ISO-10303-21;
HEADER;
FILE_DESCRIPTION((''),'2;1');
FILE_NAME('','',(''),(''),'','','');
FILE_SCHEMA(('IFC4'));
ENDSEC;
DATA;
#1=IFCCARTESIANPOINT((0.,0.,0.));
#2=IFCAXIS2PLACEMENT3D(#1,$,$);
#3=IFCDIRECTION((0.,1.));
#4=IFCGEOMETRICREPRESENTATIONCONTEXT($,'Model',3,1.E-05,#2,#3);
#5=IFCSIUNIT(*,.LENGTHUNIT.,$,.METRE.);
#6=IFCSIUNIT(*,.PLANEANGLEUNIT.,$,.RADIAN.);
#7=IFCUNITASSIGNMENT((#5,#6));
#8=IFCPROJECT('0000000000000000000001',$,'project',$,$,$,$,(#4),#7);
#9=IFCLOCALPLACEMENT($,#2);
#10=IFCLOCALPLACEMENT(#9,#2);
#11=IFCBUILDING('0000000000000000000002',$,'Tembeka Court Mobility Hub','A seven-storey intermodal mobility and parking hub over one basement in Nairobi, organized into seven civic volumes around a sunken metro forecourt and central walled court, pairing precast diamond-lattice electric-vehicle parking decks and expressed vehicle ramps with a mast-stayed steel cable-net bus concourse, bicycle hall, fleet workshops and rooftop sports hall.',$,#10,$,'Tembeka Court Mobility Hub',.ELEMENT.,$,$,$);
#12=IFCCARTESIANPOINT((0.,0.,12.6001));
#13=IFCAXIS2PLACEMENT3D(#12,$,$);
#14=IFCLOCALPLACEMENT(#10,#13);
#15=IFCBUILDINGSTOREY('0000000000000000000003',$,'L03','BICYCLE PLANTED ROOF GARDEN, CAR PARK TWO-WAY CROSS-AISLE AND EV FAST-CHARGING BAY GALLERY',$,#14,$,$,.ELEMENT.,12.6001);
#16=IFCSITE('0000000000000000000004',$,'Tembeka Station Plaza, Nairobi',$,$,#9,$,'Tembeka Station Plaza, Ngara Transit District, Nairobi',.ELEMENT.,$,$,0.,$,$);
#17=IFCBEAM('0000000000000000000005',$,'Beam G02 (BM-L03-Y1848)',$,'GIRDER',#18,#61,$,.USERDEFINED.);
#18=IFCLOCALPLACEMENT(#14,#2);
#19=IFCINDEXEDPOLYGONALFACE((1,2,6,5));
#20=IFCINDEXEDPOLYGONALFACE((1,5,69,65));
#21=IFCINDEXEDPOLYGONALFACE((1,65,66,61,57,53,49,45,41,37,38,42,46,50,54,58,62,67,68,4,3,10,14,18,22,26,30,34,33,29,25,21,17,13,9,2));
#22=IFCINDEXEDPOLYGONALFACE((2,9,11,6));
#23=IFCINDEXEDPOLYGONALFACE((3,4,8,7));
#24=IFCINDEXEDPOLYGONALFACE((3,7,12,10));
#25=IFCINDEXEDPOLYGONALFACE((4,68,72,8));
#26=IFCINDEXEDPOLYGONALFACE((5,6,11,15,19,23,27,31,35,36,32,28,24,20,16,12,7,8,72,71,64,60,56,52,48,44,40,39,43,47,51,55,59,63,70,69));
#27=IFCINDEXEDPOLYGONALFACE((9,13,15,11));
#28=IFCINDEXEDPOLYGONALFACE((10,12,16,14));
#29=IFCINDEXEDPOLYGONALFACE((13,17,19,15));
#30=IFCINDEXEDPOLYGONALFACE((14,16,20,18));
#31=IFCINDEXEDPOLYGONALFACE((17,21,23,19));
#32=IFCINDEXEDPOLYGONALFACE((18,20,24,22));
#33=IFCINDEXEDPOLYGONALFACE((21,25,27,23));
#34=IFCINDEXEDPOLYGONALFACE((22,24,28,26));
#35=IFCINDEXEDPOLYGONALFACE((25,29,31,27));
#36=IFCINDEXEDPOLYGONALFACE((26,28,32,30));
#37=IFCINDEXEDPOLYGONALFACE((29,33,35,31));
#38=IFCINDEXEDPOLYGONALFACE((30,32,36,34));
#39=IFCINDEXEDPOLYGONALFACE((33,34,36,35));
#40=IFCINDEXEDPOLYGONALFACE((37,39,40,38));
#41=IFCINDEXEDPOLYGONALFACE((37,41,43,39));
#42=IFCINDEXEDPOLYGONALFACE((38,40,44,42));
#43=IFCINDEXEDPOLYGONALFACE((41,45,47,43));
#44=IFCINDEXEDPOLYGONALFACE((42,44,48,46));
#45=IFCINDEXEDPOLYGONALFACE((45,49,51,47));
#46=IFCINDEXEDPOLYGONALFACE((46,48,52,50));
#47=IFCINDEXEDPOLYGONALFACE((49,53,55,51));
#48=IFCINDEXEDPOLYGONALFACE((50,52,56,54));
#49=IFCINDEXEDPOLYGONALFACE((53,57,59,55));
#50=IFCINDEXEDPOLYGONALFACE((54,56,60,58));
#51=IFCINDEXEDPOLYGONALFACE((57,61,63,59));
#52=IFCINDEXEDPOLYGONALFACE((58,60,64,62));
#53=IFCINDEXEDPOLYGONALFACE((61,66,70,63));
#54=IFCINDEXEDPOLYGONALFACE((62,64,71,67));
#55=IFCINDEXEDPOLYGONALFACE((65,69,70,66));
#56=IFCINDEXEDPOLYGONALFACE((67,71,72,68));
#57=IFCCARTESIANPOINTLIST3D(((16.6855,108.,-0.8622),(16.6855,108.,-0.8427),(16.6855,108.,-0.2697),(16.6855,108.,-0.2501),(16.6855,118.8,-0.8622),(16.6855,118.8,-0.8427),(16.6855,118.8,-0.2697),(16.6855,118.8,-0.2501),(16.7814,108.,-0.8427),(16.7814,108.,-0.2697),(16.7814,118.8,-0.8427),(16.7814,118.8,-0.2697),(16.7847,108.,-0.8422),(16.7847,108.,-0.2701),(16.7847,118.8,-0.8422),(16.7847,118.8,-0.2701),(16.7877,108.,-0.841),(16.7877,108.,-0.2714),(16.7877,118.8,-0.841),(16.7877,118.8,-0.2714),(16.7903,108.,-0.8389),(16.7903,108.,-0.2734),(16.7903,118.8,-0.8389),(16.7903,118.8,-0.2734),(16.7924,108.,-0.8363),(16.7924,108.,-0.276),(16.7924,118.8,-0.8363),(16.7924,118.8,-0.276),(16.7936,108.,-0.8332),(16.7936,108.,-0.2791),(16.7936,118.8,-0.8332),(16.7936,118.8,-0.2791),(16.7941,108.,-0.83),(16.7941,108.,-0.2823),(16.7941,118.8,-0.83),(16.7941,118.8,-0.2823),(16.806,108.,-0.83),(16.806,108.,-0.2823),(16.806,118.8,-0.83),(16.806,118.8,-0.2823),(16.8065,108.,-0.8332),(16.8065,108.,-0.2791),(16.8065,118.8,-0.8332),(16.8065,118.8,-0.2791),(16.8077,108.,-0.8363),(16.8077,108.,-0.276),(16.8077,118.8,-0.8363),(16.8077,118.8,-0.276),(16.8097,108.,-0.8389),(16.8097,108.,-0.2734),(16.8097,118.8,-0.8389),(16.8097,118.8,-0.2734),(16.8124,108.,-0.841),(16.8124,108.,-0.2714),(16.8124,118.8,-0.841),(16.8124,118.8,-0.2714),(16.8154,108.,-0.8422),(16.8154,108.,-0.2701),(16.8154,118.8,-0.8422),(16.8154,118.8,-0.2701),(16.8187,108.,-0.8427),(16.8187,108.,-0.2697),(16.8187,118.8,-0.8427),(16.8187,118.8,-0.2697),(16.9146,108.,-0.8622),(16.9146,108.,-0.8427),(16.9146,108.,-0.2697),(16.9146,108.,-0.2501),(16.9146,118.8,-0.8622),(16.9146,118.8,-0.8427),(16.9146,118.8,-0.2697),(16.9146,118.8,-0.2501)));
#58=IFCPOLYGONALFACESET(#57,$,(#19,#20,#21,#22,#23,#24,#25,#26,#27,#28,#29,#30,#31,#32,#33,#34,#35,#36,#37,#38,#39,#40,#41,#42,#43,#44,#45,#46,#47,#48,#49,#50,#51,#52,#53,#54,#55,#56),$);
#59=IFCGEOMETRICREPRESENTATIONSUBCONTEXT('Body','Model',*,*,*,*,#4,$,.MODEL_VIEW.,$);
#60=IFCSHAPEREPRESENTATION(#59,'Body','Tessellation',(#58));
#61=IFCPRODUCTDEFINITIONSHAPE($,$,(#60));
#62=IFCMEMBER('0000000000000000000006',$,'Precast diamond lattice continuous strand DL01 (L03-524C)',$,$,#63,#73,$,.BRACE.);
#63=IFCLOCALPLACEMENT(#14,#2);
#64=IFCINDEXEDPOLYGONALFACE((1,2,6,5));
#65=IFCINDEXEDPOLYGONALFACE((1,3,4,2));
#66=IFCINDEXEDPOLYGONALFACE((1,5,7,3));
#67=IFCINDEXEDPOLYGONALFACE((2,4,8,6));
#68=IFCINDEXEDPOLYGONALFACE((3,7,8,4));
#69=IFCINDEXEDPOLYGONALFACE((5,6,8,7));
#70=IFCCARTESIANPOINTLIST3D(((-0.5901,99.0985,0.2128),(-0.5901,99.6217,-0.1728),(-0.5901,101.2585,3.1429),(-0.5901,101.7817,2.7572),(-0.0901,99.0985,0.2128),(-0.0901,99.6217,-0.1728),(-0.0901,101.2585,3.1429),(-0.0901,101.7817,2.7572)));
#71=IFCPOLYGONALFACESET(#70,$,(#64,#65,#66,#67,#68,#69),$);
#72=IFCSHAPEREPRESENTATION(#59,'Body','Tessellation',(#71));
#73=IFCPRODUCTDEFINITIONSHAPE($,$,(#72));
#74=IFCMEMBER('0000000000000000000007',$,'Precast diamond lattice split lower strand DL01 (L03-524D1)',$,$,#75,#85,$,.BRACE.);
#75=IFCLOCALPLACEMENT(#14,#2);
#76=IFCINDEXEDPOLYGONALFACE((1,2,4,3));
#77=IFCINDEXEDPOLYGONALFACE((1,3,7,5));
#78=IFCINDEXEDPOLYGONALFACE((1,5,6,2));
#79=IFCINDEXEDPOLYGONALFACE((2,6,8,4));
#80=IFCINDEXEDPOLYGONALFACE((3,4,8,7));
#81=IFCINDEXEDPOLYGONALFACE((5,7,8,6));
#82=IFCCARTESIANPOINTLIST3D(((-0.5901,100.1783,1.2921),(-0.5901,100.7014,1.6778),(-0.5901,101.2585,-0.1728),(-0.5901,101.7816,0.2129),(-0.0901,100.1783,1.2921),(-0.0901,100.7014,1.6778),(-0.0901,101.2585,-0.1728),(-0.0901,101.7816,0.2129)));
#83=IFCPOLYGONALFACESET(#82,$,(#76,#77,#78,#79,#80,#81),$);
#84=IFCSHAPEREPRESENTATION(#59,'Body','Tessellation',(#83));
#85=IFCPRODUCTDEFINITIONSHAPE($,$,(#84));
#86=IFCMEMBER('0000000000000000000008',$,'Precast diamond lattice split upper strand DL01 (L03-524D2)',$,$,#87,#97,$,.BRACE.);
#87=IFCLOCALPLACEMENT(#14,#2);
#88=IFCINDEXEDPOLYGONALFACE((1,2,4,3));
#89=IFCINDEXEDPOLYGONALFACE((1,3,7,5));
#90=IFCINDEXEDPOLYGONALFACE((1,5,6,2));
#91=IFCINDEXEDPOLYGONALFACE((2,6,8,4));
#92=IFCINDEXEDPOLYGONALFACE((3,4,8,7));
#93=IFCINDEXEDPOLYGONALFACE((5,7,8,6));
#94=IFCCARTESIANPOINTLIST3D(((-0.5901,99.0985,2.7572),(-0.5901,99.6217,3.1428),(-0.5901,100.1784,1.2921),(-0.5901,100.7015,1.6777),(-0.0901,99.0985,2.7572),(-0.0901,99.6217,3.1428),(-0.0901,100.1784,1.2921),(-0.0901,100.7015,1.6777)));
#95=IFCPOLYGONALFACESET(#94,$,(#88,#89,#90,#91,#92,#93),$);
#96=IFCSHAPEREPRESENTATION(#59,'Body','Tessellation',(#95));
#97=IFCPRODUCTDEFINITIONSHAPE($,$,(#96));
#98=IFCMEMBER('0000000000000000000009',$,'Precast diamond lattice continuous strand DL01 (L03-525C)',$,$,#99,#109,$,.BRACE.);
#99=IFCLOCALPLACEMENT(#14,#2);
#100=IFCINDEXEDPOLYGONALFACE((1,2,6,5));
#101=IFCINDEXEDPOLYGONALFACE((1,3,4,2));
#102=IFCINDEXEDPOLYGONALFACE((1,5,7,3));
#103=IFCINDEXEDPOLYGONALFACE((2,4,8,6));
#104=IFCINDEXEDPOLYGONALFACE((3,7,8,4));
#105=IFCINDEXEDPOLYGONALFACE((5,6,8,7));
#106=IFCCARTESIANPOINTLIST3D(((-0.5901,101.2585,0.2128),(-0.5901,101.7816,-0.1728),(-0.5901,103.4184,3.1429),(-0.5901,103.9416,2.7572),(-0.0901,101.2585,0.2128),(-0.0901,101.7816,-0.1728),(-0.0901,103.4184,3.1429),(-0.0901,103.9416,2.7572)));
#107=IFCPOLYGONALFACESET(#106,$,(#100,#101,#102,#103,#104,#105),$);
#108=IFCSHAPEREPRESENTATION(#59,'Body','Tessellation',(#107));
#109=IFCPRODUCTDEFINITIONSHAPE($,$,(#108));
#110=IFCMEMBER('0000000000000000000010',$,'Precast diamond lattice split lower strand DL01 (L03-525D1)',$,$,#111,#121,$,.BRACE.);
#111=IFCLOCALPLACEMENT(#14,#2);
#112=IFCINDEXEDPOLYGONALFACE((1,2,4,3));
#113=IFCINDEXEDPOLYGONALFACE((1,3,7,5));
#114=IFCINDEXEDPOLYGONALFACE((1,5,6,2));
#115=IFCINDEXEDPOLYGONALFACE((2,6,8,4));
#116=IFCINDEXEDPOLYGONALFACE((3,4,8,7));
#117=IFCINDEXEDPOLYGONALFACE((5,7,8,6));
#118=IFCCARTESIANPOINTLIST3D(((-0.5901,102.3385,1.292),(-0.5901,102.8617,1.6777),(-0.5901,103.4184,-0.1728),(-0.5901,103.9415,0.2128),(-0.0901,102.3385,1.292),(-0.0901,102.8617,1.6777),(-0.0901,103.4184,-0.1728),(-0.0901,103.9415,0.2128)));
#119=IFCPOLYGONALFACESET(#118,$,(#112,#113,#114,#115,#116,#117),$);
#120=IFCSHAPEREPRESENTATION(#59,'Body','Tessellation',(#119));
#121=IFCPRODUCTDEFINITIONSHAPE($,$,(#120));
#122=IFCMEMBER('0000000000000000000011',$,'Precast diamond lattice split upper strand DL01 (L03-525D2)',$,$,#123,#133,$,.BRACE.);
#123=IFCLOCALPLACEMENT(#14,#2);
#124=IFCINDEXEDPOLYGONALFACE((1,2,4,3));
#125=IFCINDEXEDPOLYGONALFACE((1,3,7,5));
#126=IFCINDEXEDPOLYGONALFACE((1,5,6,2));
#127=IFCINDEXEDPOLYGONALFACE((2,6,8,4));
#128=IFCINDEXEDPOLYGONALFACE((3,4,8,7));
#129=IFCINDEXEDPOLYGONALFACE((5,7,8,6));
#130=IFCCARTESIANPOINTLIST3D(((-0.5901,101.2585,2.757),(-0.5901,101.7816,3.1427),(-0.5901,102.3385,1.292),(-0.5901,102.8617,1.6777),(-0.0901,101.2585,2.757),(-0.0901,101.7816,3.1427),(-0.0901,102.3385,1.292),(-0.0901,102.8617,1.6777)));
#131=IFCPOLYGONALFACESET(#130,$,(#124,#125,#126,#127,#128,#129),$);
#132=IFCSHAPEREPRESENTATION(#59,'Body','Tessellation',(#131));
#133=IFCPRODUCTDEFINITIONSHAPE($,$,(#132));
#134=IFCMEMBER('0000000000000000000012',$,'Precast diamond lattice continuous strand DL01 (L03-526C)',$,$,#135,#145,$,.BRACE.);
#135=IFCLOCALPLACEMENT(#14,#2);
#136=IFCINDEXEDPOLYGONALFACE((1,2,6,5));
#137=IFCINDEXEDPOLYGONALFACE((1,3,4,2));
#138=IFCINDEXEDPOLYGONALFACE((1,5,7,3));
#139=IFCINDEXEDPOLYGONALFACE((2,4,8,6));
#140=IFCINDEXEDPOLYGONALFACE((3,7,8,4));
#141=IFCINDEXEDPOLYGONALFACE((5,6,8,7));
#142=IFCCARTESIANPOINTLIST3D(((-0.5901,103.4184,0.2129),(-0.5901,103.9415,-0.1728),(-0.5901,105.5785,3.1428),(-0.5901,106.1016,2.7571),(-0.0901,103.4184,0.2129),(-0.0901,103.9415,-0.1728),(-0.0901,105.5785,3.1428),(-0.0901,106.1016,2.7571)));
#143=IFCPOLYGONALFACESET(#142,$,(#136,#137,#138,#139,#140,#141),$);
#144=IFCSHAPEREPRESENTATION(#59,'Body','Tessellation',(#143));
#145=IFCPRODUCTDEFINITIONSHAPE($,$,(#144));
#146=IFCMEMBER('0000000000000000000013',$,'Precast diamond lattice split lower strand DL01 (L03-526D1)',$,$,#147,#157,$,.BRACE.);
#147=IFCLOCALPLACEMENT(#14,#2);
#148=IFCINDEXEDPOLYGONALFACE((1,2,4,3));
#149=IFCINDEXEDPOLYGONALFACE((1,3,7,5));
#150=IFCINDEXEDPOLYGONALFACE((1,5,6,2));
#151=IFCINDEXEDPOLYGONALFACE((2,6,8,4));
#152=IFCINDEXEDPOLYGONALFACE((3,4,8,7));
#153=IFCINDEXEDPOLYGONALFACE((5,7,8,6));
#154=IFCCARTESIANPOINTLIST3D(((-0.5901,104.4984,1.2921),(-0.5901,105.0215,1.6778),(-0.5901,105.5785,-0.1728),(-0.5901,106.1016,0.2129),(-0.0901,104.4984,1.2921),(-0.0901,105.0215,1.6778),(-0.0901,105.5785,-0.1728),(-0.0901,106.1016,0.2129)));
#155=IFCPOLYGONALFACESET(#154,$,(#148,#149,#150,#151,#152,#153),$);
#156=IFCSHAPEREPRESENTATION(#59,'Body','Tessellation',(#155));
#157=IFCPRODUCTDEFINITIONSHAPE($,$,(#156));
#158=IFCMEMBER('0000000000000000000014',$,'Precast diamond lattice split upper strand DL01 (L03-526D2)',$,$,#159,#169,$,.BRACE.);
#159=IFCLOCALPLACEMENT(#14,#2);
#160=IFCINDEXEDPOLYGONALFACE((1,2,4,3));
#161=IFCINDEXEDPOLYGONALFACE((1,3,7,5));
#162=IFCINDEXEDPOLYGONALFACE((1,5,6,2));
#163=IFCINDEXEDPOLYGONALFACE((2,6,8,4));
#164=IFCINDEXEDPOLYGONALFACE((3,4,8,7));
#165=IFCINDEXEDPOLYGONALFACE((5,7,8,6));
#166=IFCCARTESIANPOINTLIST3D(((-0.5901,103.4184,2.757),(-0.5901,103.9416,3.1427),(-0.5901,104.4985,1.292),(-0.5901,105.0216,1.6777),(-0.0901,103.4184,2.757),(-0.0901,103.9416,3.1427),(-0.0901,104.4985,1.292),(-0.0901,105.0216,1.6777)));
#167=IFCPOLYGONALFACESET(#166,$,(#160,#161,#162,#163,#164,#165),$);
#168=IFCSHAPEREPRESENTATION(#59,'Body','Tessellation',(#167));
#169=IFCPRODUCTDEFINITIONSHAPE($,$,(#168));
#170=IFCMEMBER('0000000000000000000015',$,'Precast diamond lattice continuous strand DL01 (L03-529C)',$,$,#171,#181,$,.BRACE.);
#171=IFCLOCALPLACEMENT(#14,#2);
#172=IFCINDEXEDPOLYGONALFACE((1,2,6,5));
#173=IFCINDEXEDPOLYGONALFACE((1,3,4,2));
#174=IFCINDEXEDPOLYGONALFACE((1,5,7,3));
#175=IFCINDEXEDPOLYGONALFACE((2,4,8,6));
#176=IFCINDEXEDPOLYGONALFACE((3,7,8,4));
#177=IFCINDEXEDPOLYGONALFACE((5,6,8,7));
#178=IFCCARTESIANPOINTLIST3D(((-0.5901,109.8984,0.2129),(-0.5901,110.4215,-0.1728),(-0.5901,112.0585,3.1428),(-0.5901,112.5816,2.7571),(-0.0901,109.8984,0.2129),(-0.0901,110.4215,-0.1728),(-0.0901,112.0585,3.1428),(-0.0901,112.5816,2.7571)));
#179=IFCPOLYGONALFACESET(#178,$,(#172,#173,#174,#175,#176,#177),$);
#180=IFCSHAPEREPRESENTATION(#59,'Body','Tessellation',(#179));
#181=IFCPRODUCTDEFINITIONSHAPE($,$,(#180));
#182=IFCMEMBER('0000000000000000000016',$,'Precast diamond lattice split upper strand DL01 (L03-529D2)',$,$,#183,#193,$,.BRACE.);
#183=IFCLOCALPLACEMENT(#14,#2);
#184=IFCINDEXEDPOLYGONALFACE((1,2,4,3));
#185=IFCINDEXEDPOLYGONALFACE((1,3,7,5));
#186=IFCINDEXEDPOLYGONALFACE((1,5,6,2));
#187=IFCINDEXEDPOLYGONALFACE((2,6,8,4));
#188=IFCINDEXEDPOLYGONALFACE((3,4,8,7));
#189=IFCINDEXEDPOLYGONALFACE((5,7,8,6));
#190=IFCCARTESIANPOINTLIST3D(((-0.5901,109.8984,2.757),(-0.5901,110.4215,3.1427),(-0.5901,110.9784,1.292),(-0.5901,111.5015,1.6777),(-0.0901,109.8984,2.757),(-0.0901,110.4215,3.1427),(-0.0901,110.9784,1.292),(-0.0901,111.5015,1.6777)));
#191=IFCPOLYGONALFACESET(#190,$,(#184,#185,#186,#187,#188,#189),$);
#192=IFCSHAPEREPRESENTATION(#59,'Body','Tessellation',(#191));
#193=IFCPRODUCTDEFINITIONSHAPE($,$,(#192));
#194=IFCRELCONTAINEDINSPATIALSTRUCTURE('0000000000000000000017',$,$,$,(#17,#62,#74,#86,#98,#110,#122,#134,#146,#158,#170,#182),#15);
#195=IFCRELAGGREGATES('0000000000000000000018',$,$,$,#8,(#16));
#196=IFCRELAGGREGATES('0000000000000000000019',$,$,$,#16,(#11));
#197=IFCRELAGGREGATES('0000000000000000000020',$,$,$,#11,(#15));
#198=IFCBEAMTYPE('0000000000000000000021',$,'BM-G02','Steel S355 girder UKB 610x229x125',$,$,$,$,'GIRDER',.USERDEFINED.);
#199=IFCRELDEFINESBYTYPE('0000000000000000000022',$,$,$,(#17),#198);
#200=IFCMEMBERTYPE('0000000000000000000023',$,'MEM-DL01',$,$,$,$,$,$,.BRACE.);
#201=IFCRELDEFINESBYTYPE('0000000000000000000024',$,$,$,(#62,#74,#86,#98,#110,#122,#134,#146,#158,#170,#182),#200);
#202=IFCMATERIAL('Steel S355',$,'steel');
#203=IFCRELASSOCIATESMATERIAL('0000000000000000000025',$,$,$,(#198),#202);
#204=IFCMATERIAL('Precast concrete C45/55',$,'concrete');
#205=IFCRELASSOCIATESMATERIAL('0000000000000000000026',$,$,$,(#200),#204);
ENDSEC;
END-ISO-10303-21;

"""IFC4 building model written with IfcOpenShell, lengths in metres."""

from ifc_helpers import new_model, si_unit, direction, frame, origin, origin_2d, place, context, subcontext, project, spatial, rectangle, i_section, extrude, material, material_profile, profile_set, type_object, element, save


model = new_model("IFC4")

# Units and contexts
model_context = context("Model", 3, precision=1e-05, world=origin(), true_north=direction((0.0, 1.0)))
body_context = subcontext(model_context, "Body", "Model", "MODEL_VIEW")
ifc_project = project(units=[si_unit("LENGTHUNIT", "METRE"), si_unit("PLANEANGLEUNIT", "RADIAN")], contexts=[model_context])

# Site, building, storey
site_placement = place(None, origin())
site = spatial("IfcSite", under=ifc_project, at=site_placement, Name="Tembeka Station Plaza, Nairobi", LongName="Tembeka Station Plaza, Ngara Transit District, Nairobi", CompositionType="ELEMENT", RefElevation=0.0)
building_placement = place(site_placement, origin())
building = spatial("IfcBuilding", under=site, at=building_placement, Name="Tembeka Court Mobility Hub", Description="A seven-storey intermodal mobility and parking hub over one basement in Nairobi, organized into seven civic volumes around a sunken metro forecourt and central walled court, pairing precast diamond-lattice electric-vehicle parking decks and expressed vehicle ramps with a mast-stayed steel cable-net bus concourse, bicycle hall, fleet workshops and rooftop sports hall.", LongName="Tembeka Court Mobility Hub", CompositionType="ELEMENT")
storey_placement = place(building_placement, frame((0.0, 0.0, 12.6001)))
storey = spatial("IfcBuildingStorey", under=building, at=storey_placement, Name="L03", Description="BICYCLE PLANTED ROOF GARDEN, CAR PARK TWO-WAY CROSS-AISLE AND EV FAST-CHARGING BAY GALLERY", CompositionType="ELEMENT", Elevation=12.6001)

# Shared definitions
ifc_material_1 = material(Name="Steel S355", Category="steel")

# Beam
ifc_material_profile_1 = material_profile(ifc_material_1, i_section(OverallWidth=0.229, OverallDepth=0.6121, WebThickness=0.012, FlangeThickness=0.0195, FilletRadius=0.0127, at=origin_2d()), Name="UKB 610x229x125")
ifc_profile_set_1 = profile_set([ifc_material_profile_1], Name="Steel S355")
beam_type_1 = type_object("IfcBeamType", Name="BM-G02", Description="Steel S355 girder UKB 610x229x125", ElementType="GIRDER", PredefinedType="USERDEFINED", material=ifc_profile_set_1)
for number, where, z_axis, x_axis, name in (
    (1, (16.8, 108.0, -0.5562), (0.0, 1.0, 0.0), (-1.0, 0.0, 0.0), "Beam G02 (BM-L03-Y1848)"),
):
    element("IfcBeam", number, at=place(storey_placement, frame(where, z_axis=z_axis, x_axis=x_axis)), inside=storey, type_object=beam_type_1, Name=name, ObjectType="GIRDER", PredefinedType="USERDEFINED", context=body_context, shape_type="SweptSolid", body=[
        extrude(i_section(OverallWidth=0.229, OverallDepth=0.6121, WebThickness=0.012, FlangeThickness=0.0195, FilletRadius=0.0127, at=origin_2d()), origin(), (0.0, 0.0, 1.0), 10.8),
    ])

# Members
ifc_material_2 = material(Name="Precast concrete C45/55", Category="concrete")
ifc_material_profile_2 = material_profile(ifc_material_2, rectangle(XDim=0.5, YDim=0.6499, at=origin_2d()), Name="PC-DIAG 500x650")
ifc_profile_set_2 = profile_set([ifc_material_profile_2], Name="Precast concrete C45/55")
member_type_1 = type_object("IfcMemberType", Name="MEM-DL01", PredefinedType="BRACE", material=ifc_profile_set_2)
member_1_placement = place(storey_placement, frame((-0.3401, 99.3601, 0.02), z_axis=(0.0, 0.59338, 0.804923), x_axis=(-1.0, 0.0, 0.0)))
element("IfcMember", 2, at=member_1_placement, inside=storey, type_object=member_type_1, Name="Precast diamond lattice continuous strand DL01 (L03-524C)", PredefinedType="BRACE", context=body_context, shape_type="SweptSolid", body=[
    extrude(rectangle(XDim=0.5, YDim=0.6499, at=origin_2d()), origin(), (0.0, 0.0, 1.0), 3.6401),
])
for number, where, z_axis, x_axis, name in (
    (3, (-0.3401, 101.52, 0.02), (0.0, -0.593455, 0.804867), (1.0, 0.0, 0.0), "Precast diamond lattice split lower strand DL01 (L03-524D1)"),
    (4, (-0.3401, 100.4399, 1.4849), (0.0, -0.593304, 0.804978), (1.0, 0.0, 0.0), "Precast diamond lattice split upper strand DL01 (L03-524D2)"),
):
    element("IfcMember", number, at=place(storey_placement, frame(where, z_axis=z_axis, x_axis=x_axis)), inside=storey, type_object=member_type_1, Name=name, PredefinedType="BRACE", context=body_context, shape_type="SweptSolid", body=[
        extrude(rectangle(XDim=0.5, YDim=0.6499, at=origin_2d()), origin(), (0.0, 0.0, 1.0), 1.8201),
    ])
member_2_placement = place(storey_placement, frame((-0.3401, 101.52, 0.02), z_axis=(0.0, 0.59338, 0.804923), x_axis=(-1.0, 0.0, 0.0)))
element("IfcMember", 5, at=member_2_placement, inside=storey, type_object=member_type_1, Name="Precast diamond lattice continuous strand DL01 (L03-525C)", PredefinedType="BRACE", context=body_context, shape_type="SweptSolid", body=[
    extrude(rectangle(XDim=0.5, YDim=0.6499, at=origin_2d()), origin(), (0.0, 0.0, 1.0), 3.6401),
])
member_3_placement = place(storey_placement, frame((-0.3401, 103.6799, 0.02), z_axis=(0.0, -0.593368, 0.804931), x_axis=(1.0, 0.0, 0.0)))
element("IfcMember", 6, at=member_3_placement, inside=storey, type_object=member_type_1, Name="Precast diamond lattice split lower strand DL01 (L03-525D1)", PredefinedType="BRACE", context=body_context, shape_type="SweptSolid", body=[
    extrude(rectangle(XDim=0.5, YDim=0.6499, at=origin_2d()), origin(), (0.0, 0.0, 1.0), 1.8198),
])
member_4_placement = place(storey_placement, frame((-0.3401, 102.6001, 1.4849), z_axis=(0.0, -0.593391, 0.804914), x_axis=(1.0, 0.0, 0.0)))
element("IfcMember", 7, at=member_4_placement, inside=storey, type_object=member_type_1, Name="Precast diamond lattice split upper strand DL01 (L03-525D2)", PredefinedType="BRACE", context=body_context, shape_type="SweptSolid", body=[
    extrude(rectangle(XDim=0.5, YDim=0.6499, at=origin_2d()), origin(), (0.0, 0.0, 1.0), 1.8201),
])
member_5_placement = place(storey_placement, frame((-0.3401, 103.6799, 0.02), z_axis=(0.0, 0.593423, 0.804891), x_axis=(-1.0, 0.0, 0.0)))
element("IfcMember", 8, at=member_5_placement, inside=storey, type_object=member_type_1, Name="Precast diamond lattice continuous strand DL01 (L03-526C)", PredefinedType="BRACE", context=body_context, shape_type="SweptSolid", body=[
    extrude(rectangle(XDim=0.5, YDim=0.6499, at=origin_2d()), origin(), (0.0, 0.0, 1.0), 3.6401),
])
for number, where, z_axis, x_axis, name in (
    (9, (-0.3401, 105.8401, 0.02), (0.0, -0.593455, 0.804867), (1.0, 0.0, 0.0), "Precast diamond lattice split lower strand DL01 (L03-526D1)"),
    (10, (-0.3401, 104.76, 1.4849), (0.0, -0.593391, 0.804914), (1.0, 0.0, 0.0), "Precast diamond lattice split upper strand DL01 (L03-526D2)"),
):
    element("IfcMember", number, at=place(storey_placement, frame(where, z_axis=z_axis, x_axis=x_axis)), inside=storey, type_object=member_type_1, Name=name, PredefinedType="BRACE", context=body_context, shape_type="SweptSolid", body=[
        extrude(rectangle(XDim=0.5, YDim=0.6499, at=origin_2d()), origin(), (0.0, 0.0, 1.0), 1.8201),
    ])
member_6_placement = place(storey_placement, frame((-0.3401, 110.1599, 0.02), z_axis=(0.0, 0.593423, 0.804891), x_axis=(-1.0, 0.0, 0.0)))
element("IfcMember", 11, at=member_6_placement, inside=storey, type_object=member_type_1, Name="Precast diamond lattice continuous strand DL01 (L03-529C)", PredefinedType="BRACE", context=body_context, shape_type="SweptSolid", body=[
    extrude(rectangle(XDim=0.5, YDim=0.6499, at=origin_2d()), origin(), (0.0, 0.0, 1.0), 3.6401),
])
member_7_placement = place(storey_placement, frame((-0.3401, 111.24, 1.4849), z_axis=(0.0, -0.593391, 0.804914), x_axis=(1.0, 0.0, 0.0)))
element("IfcMember", 12, at=member_7_placement, inside=storey, type_object=member_type_1, Name="Precast diamond lattice split upper strand DL01 (L03-529D2)", PredefinedType="BRACE", context=body_context, shape_type="SweptSolid", body=[
    extrude(rectangle(XDim=0.5, YDim=0.6499, at=origin_2d()), origin(), (0.0, 0.0, 1.0), 1.8201),
])

save(model, "model.ifc")
